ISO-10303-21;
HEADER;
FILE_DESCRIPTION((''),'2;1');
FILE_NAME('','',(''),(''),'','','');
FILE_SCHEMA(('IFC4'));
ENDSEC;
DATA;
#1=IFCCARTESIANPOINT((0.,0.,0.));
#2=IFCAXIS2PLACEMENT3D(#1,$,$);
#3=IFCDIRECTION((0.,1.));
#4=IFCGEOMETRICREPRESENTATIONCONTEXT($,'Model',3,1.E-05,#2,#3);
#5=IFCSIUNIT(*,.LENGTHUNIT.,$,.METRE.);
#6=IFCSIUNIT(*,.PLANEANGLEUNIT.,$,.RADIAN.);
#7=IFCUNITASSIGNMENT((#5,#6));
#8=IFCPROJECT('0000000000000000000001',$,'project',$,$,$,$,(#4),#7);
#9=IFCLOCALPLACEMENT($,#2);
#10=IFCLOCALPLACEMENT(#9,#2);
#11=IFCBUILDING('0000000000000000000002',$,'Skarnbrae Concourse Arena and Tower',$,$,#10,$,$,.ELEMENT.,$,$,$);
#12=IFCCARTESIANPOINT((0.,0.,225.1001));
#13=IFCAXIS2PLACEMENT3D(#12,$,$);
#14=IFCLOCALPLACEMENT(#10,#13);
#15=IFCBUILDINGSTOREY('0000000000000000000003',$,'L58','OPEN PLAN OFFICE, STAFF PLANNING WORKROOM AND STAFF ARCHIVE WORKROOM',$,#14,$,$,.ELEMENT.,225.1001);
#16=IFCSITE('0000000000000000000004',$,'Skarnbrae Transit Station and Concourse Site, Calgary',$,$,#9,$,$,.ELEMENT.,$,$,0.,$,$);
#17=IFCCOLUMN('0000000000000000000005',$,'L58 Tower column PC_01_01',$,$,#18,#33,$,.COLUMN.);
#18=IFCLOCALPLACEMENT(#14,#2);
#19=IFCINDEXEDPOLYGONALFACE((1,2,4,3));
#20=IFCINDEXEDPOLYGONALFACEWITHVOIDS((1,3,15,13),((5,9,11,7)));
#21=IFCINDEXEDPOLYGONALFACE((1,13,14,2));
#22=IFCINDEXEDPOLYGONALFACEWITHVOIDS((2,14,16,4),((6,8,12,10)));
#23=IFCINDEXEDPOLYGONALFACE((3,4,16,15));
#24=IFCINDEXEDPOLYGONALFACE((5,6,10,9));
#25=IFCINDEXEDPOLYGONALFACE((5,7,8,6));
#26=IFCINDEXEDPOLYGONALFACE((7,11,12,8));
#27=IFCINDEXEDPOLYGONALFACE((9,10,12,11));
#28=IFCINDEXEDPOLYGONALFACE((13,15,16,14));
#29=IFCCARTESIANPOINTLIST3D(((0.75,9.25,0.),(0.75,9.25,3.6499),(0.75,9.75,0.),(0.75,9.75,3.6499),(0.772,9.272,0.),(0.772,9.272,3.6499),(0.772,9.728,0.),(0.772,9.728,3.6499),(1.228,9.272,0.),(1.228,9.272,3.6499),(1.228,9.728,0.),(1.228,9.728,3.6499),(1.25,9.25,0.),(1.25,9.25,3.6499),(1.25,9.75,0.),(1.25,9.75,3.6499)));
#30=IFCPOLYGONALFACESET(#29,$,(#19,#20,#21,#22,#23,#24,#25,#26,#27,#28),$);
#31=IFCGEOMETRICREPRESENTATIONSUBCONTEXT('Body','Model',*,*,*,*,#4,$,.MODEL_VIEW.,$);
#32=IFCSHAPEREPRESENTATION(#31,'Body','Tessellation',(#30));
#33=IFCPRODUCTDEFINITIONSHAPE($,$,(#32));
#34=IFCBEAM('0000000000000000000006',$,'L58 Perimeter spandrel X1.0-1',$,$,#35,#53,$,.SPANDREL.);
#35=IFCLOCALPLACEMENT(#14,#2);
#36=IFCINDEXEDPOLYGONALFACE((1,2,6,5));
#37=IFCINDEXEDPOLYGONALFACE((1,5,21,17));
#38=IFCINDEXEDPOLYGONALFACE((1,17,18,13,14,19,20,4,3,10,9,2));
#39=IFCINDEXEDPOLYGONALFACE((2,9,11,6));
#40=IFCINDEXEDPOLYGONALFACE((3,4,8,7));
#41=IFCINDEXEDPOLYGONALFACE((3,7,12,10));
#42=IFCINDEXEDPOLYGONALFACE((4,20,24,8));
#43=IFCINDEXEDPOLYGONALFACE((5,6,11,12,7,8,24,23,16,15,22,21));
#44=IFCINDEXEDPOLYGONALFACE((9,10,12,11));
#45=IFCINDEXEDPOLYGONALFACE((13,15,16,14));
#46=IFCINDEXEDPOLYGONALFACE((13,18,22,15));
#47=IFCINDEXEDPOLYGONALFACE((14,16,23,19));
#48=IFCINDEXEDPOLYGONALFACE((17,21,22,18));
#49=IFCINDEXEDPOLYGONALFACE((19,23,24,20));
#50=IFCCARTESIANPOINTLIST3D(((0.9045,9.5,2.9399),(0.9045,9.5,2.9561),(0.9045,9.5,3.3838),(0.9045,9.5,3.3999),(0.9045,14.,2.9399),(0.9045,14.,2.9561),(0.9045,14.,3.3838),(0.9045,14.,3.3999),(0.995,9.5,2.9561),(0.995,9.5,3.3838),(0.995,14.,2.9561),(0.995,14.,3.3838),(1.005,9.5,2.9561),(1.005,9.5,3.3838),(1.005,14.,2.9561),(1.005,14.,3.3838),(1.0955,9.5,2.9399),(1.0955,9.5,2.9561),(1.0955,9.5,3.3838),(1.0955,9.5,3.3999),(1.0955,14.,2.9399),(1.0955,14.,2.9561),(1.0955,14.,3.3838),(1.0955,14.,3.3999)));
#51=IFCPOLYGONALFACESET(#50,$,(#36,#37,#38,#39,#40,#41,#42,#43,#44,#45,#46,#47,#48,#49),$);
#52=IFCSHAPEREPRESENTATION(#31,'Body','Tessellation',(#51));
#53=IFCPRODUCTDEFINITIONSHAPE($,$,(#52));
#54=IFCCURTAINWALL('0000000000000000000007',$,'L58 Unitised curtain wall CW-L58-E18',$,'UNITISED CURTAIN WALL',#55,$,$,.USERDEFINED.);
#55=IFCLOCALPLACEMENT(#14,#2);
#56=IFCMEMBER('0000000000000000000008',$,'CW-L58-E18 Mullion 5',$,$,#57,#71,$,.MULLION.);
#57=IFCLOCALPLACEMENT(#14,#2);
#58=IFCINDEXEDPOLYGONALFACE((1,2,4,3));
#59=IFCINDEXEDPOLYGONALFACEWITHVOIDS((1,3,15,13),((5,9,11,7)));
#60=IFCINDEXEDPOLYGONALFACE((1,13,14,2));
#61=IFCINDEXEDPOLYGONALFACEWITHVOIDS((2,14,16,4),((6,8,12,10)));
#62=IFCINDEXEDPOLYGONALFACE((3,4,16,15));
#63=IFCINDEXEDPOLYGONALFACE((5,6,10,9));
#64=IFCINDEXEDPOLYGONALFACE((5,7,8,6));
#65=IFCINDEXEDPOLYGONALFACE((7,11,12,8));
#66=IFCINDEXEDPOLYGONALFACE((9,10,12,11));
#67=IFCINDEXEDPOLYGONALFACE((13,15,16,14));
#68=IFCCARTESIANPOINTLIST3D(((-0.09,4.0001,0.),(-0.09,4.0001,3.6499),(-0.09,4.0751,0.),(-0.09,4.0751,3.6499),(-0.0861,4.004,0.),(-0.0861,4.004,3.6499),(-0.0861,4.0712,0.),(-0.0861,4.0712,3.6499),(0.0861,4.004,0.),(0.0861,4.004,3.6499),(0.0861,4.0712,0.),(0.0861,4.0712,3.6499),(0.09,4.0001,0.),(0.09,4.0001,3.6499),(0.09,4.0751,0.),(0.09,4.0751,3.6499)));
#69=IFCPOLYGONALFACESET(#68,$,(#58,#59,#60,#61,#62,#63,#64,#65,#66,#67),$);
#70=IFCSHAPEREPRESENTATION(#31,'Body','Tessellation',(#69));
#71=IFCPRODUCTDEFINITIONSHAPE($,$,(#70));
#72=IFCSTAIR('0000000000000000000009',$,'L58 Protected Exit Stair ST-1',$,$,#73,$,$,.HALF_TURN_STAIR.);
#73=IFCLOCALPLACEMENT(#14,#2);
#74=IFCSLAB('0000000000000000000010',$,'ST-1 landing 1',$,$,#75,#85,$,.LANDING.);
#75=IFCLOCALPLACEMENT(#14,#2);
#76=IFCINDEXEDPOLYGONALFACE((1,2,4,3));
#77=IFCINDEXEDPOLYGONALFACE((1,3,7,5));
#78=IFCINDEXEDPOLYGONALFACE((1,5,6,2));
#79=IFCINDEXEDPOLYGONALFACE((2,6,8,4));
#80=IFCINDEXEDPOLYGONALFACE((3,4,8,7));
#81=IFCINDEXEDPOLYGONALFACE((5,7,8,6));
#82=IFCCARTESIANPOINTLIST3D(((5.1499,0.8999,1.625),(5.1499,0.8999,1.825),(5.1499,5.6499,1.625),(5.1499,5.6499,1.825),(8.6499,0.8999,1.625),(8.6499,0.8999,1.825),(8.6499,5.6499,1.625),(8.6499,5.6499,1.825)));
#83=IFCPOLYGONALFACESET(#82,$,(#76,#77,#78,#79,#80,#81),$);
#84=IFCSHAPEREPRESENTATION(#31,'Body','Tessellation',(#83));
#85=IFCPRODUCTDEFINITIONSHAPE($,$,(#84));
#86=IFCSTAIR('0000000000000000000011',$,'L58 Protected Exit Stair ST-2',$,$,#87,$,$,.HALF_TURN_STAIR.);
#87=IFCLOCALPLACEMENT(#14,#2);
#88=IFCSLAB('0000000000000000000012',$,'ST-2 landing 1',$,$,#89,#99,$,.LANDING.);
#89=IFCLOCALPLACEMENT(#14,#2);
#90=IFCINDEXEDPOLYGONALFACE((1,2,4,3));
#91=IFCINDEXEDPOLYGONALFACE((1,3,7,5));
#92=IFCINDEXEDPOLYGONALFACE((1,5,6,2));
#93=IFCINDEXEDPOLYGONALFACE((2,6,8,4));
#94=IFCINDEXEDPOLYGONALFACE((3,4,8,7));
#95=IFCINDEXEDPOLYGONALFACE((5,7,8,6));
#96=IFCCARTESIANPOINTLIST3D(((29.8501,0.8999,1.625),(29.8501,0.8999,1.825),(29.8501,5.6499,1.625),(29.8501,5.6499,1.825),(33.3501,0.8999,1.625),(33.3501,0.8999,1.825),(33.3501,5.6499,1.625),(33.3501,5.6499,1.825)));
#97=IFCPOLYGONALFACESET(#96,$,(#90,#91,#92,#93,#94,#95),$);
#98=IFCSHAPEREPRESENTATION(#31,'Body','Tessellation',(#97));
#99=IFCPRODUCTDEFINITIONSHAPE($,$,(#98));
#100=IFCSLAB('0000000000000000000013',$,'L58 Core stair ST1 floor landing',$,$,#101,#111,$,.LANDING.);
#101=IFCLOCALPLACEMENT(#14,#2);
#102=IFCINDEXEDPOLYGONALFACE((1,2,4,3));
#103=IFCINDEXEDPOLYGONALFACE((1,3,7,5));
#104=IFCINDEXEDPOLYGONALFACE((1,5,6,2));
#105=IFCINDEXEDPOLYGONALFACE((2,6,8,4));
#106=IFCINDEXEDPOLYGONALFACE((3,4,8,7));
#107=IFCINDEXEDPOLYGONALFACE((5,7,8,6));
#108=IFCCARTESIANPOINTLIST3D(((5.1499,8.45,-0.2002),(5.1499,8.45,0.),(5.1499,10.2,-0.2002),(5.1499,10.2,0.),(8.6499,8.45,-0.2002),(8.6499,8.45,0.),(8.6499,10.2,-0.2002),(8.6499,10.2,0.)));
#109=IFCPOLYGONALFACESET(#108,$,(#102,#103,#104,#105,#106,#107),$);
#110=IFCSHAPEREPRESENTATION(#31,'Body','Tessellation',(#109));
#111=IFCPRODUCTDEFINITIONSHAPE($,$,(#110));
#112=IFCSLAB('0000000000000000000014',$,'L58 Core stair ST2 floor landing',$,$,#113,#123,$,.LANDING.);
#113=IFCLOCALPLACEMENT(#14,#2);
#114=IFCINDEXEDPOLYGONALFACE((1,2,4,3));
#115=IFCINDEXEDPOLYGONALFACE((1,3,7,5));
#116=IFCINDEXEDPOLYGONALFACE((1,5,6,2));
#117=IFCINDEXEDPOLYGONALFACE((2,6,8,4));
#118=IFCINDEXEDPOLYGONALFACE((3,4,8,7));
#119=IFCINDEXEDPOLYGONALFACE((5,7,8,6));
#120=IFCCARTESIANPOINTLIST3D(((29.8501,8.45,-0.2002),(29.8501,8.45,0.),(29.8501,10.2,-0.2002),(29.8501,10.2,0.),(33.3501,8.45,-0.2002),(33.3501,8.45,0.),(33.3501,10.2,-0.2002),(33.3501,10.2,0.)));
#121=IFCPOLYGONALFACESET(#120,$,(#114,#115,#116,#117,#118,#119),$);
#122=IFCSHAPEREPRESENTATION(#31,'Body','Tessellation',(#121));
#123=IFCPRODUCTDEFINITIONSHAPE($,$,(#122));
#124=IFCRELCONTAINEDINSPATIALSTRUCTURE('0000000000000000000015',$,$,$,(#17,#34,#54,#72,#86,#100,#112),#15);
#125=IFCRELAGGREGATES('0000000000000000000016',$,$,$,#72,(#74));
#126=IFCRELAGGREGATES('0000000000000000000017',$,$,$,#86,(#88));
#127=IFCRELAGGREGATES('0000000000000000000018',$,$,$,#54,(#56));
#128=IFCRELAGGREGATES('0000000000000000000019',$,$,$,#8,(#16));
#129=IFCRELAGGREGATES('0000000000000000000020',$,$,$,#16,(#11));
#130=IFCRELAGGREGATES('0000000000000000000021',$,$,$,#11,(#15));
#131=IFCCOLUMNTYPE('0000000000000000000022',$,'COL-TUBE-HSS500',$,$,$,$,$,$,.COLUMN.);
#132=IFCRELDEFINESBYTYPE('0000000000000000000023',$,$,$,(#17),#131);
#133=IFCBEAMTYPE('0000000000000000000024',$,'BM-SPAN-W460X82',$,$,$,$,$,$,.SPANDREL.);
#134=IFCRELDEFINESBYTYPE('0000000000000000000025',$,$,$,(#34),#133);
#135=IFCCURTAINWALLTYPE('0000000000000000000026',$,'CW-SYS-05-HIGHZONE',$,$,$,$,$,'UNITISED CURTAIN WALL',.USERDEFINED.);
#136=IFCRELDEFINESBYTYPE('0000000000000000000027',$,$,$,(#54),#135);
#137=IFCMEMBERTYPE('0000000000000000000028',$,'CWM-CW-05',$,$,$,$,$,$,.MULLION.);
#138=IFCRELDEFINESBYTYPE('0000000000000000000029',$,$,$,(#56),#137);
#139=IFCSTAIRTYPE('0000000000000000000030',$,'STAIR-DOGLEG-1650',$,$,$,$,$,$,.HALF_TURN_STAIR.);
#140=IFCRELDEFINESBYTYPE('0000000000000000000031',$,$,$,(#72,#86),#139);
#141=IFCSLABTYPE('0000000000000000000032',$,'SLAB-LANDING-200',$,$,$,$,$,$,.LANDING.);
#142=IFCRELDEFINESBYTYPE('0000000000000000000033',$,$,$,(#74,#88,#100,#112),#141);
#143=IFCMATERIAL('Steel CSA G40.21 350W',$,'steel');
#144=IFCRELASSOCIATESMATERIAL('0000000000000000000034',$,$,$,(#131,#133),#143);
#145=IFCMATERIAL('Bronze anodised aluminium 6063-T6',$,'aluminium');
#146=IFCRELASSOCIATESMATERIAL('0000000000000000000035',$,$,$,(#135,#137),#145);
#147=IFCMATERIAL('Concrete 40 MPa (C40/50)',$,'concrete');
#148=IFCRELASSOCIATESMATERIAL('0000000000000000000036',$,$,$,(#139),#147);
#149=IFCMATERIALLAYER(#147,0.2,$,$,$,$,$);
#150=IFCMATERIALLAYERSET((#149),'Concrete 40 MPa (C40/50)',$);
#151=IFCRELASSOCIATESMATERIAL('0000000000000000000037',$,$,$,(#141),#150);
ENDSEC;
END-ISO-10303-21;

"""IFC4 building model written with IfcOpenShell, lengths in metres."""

from ifc_helpers import new_model, si_unit, direction, frame, origin, origin_2d, place, context, subcontext, project, spatial, polyline, hollow_rectangle, i_section, outline, extrude, source, transform, mapped, material, layer, layer_set, material_profile, profile_set, type_object, element, aggregate, save


model = new_model("IFC4")

# Units and contexts
model_context = context("Model", 3, precision=1e-05, world=origin(), true_north=direction((0.0, 1.0)))
body_context = subcontext(model_context, "Body", "Model", "MODEL_VIEW")
ifc_project = project(units=[si_unit("LENGTHUNIT", "METRE"), si_unit("PLANEANGLEUNIT", "RADIAN")], contexts=[model_context])

# Site, building, storey
site_placement = place(None, origin())
site = spatial("IfcSite", under=ifc_project, at=site_placement, Name="Skarnbrae Transit Station and Concourse Site, Calgary", CompositionType="ELEMENT", RefElevation=0.0)
building_placement = place(site_placement, origin())
building = spatial("IfcBuilding", under=site, at=building_placement, Name="Skarnbrae Concourse Arena and Tower", CompositionType="ELEMENT")
storey_placement = place(building_placement, frame((0.0, 0.0, 225.1001)))
storey = spatial("IfcBuildingStorey", under=building, at=storey_placement, Name="L58", Description="OPEN PLAN OFFICE, STAFF PLANNING WORKROOM AND STAFF ARCHIVE WORKROOM", CompositionType="ELEMENT", Elevation=225.1001)

# Column
ifc_material_1 = material(Name="Steel CSA G40.21 350W", Category="steel")
ifc_material_profile_1 = material_profile(ifc_material_1, hollow_rectangle(XDim=0.5, YDim=0.5, WallThickness=0.022, at=origin_2d()), Name="HSS500X500X22.0")
ifc_profile_set_1 = profile_set([ifc_material_profile_1], Name="Steel CSA G40.21 350W")
column_type = type_object("IfcColumnType", Name="COL-TUBE-HSS500", PredefinedType="COLUMN", material=ifc_profile_set_1)
shared_shape_1 = source(origin(), body_context, "Body", "SweptSolid", [
    extrude(hollow_rectangle(XDim=0.5, YDim=0.5, WallThickness=0.022, at=origin_2d()), origin(), (0.0, 0.0, 1.0), 3.6499),
])
column_placement = place(storey_placement, frame((1.0, 9.5, 0.0), z_axis=(0.0, 0.0, 1.0), x_axis=(1.0, 0.0, 0.0)))
element("IfcColumn", 1, at=column_placement, inside=storey, type_object=column_type, Name="L58 Tower column PC_01_01", PredefinedType="COLUMN", context=body_context, shape_type="MappedRepresentation", body=[
    mapped(shared_shape_1, transform((0.0, 0.0, 0.0))),
])

# Beam
ifc_material_profile_2 = material_profile(ifc_material_1, i_section(OverallWidth=0.1909, OverallDepth=0.46, WebThickness=0.01, FlangeThickness=0.0161, at=origin_2d()), Name="W460X82")
ifc_profile_set_2 = profile_set([ifc_material_profile_2], Name="Steel CSA G40.21 350W")
beam_type = type_object("IfcBeamType", Name="BM-SPAN-W460X82", PredefinedType="SPANDREL", material=ifc_profile_set_2)
shared_shape_2 = source(origin(), body_context, "Body", "SweptSolid", [
    extrude(i_section(OverallWidth=0.1909, OverallDepth=0.46, WebThickness=0.01, FlangeThickness=0.0161, at=origin_2d()), origin(), (0.0, 0.0, 1.0), 4.5),
])
beam_placement = place(storey_placement, frame((1.0, 9.5, 3.1699), z_axis=(0.0, 1.0, 0.0), x_axis=(-1.0, 0.0, 0.0)))
element("IfcBeam", 2, at=beam_placement, inside=storey, type_object=beam_type, Name="L58 Perimeter spandrel X1.0-1", PredefinedType="SPANDREL", context=body_context, shape_type="MappedRepresentation", body=[
    mapped(shared_shape_2, transform((0.0, 0.0, 0.0))),
])

# Curtain wall, member
ifc_material_2 = material(Name="Bronze anodised aluminium 6063-T6", Category="aluminium")
curtain_wall_type = type_object("IfcCurtainWallType", Name="CW-SYS-05-HIGHZONE", ElementType="UNITISED CURTAIN WALL", PredefinedType="USERDEFINED", material=ifc_material_2)
curtain_wall_placement = place(storey_placement, origin())
curtain_wall = element("IfcCurtainWall", 3, at=curtain_wall_placement, inside=storey, type_object=curtain_wall_type, Name="L58 Unitised curtain wall CW-L58-E18", ObjectType="UNITISED CURTAIN WALL", PredefinedType="USERDEFINED")
ifc_material_profile_3 = material_profile(ifc_material_2, hollow_rectangle(XDim=0.075, YDim=0.1799, WallThickness=0.0039, at=origin_2d()), Name="ALU-MULL-75X180")
ifc_profile_set_3 = profile_set([ifc_material_profile_3], Name="Bronze anodised aluminium 6063-T6")
member_type = type_object("IfcMemberType", Name="CWM-CW-05", PredefinedType="MULLION", material=ifc_profile_set_3)
shared_shape_3 = source(origin(), body_context, "Body", "SweptSolid", [
    extrude(hollow_rectangle(XDim=0.075, YDim=0.1799, WallThickness=0.0039, at=origin_2d()), origin(), (0.0, 0.0, 1.0), 3.6499),
])
member_placement = place(storey_placement, frame((0.0, 4.0376, 0.0), z_axis=(0.0, 0.0, 1.0), x_axis=(0.0, -1.0, 0.0)))
member = element("IfcMember", 4, at=member_placement, type_object=member_type, Name="CW-L58-E18 Mullion 5", PredefinedType="MULLION", context=body_context, shape_type="MappedRepresentation", body=[
    mapped(shared_shape_3, transform((0.0, 0.0, 0.0))),
])

# Stairs, slabs
ifc_material_3 = material(Name="Concrete 40 MPa (C40/50)", Category="concrete")
stair_type = type_object("IfcStairType", Name="STAIR-DOGLEG-1650", PredefinedType="HALF_TURN_STAIR", material=ifc_material_3)
stair_1_placement = place(storey_placement, origin())
stair_1 = element("IfcStair", 5, at=stair_1_placement, inside=storey, type_object=stair_type, Name="L58 Protected Exit Stair ST-1", PredefinedType="HALF_TURN_STAIR")
ifc_layer_1 = layer(ifc_material_3, 0.2)
ifc_layer_set_1 = layer_set([ifc_layer_1], Name="Concrete 40 MPa (C40/50)")
slab_type_1 = type_object("IfcSlabType", Name="SLAB-LANDING-200", PredefinedType="LANDING", material=ifc_layer_set_1)
slab_1_placement = place(storey_placement, frame((0.0, 0.0, 1.625)))
slab_1 = element("IfcSlab", 6, at=slab_1_placement, type_object=slab_type_1, Name="ST-1 landing 1", PredefinedType="LANDING", context=body_context, shape_type="SweptSolid", body=[
    extrude(outline(polyline([(5.1499, 5.6499), (5.1499, 0.8999), (8.6499, 0.8999), (8.6499, 5.6499), (5.1499, 5.6499)])), origin(), (0.0, 0.0, 1.0), 0.2),
])
aggregate(stair_1, [slab_1])
stair_2_placement = place(storey_placement, origin())
stair_2 = element("IfcStair", 7, at=stair_2_placement, inside=storey, type_object=stair_type, Name="L58 Protected Exit Stair ST-2", PredefinedType="HALF_TURN_STAIR")
slab_2_placement = place(storey_placement, frame((0.0, 0.0, 1.625)))
slab_2 = element("IfcSlab", 8, at=slab_2_placement, type_object=slab_type_1, Name="ST-2 landing 1", PredefinedType="LANDING", context=body_context, shape_type="SweptSolid", body=[
    extrude(outline(polyline([(29.8501, 5.6499), (29.8501, 0.8999), (33.3501, 0.8999), (33.3501, 5.6499), (29.8501, 5.6499)])), origin(), (0.0, 0.0, 1.0), 0.2),
])
aggregate(stair_2, [slab_2])

# Slabs
slab_3_placement = place(storey_placement, frame((0.0, 0.0, -0.2002)))
element("IfcSlab", 9, at=slab_3_placement, inside=storey, type_object=slab_type_1, Name="L58 Core stair ST1 floor landing", PredefinedType="LANDING", context=body_context, shape_type="SweptSolid", body=[
    extrude(outline(polyline([(5.1499, 10.2), (5.1499, 8.45), (8.6499, 8.45), (8.6499, 10.2), (5.1499, 10.2)])), origin(), (0.0, 0.0, 1.0), 0.2002),
])
slab_4_placement = place(storey_placement, frame((0.0, 0.0, -0.2002)))
element("IfcSlab", 10, at=slab_4_placement, inside=storey, type_object=slab_type_1, Name="L58 Core stair ST2 floor landing", PredefinedType="LANDING", context=body_context, shape_type="SweptSolid", body=[
    extrude(outline(polyline([(29.8501, 10.2), (29.8501, 8.45), (33.3501, 8.45), (33.3501, 10.2), (29.8501, 10.2)])), origin(), (0.0, 0.0, 1.0), 0.2002),
])

aggregate(curtain_wall, [member])

save(model, "model.ifc")
